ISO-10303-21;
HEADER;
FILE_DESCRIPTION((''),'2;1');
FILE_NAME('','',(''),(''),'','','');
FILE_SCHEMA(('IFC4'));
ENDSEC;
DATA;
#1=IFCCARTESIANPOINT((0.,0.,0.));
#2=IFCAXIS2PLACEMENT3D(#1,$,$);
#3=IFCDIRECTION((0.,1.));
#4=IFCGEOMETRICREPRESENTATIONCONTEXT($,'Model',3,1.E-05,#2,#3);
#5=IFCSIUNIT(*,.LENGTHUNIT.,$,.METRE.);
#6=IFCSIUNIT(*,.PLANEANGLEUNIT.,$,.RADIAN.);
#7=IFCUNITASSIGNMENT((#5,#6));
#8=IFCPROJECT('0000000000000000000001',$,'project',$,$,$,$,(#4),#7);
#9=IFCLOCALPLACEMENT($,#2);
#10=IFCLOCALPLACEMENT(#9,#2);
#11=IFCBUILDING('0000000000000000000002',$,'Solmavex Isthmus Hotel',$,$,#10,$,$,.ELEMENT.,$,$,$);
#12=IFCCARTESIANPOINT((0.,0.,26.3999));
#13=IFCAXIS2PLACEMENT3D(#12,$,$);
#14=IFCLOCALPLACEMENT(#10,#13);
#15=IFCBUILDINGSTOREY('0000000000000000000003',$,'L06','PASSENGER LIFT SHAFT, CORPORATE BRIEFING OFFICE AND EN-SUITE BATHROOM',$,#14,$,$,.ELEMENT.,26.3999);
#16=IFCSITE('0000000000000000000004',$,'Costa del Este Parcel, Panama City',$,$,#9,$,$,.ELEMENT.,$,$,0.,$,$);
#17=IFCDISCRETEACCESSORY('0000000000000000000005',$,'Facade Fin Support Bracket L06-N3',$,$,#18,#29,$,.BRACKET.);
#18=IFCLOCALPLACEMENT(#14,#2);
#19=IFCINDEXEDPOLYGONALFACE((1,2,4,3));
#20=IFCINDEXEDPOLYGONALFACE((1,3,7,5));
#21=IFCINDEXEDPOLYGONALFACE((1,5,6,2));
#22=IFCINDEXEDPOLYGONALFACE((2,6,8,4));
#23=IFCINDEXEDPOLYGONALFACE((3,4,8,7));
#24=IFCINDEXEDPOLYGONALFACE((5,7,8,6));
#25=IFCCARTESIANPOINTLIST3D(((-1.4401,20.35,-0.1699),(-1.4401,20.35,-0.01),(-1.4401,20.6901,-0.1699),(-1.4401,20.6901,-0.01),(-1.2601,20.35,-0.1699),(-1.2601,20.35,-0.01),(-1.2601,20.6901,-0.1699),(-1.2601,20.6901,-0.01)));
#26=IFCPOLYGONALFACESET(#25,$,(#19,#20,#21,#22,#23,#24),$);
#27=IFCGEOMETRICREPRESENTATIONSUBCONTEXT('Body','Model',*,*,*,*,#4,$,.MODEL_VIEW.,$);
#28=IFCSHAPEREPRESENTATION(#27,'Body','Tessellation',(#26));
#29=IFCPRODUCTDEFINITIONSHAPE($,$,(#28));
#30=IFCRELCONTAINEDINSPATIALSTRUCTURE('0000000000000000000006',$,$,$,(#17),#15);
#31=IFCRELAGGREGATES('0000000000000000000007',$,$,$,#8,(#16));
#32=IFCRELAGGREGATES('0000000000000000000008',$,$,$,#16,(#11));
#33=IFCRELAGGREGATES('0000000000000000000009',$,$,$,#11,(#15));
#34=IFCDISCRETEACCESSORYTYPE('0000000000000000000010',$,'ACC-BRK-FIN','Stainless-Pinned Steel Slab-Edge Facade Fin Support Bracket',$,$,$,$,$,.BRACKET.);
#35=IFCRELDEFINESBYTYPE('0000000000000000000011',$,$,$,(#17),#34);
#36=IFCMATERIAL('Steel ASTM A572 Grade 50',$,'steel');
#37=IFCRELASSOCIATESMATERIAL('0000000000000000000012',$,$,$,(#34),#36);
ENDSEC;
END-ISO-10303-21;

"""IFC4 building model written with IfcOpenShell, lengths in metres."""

from ifc_helpers import new_model, si_unit, direction, frame, origin, origin_2d, place, context, subcontext, project, spatial, rectangle, extrude, material, type_object, element, save


model = new_model("IFC4")

# Units and contexts
model_context = context("Model", 3, precision=1e-05, world=origin(), true_north=direction((0.0, 1.0)))
body_context = subcontext(model_context, "Body", "Model", "MODEL_VIEW")
ifc_project = project(units=[si_unit("LENGTHUNIT", "METRE"), si_unit("PLANEANGLEUNIT", "RADIAN")], contexts=[model_context])

# Site, building, storey
site_placement = place(None, origin())
site = spatial("IfcSite", under=ifc_project, at=site_placement, Name="Costa del Este Parcel, Panama City", CompositionType="ELEMENT", RefElevation=0.0)
building_placement = place(site_placement, origin())
building = spatial("IfcBuilding", under=site, at=building_placement, Name="Solmavex Isthmus Hotel", CompositionType="ELEMENT")
storey_placement = place(building_placement, frame((0.0, 0.0, 26.3999)))
storey = spatial("IfcBuildingStorey", under=building, at=storey_placement, Name="L06", Description="PASSENGER LIFT SHAFT, CORPORATE BRIEFING OFFICE AND EN-SUITE BATHROOM", CompositionType="ELEMENT", Elevation=26.3999)

# Shared definitions
ifc_material_1 = material(Name="Steel ASTM A572 Grade 50", Category="steel")

# Discrete accessory
discrete_accessory_type = type_object("IfcDiscreteAccessoryType", Name="ACC-BRK-FIN", Description="Stainless-Pinned Steel Slab-Edge Facade Fin Support Bracket", PredefinedType="BRACKET", material=ifc_material_1)
for number, where, z_axis, x_axis, name in (
    (1, (-1.3501, 20.52, -0.1699), (0.0, 0.0, 1.0), (0.0, 1.0, 0.0), "Facade Fin Support Bracket L06-N3"),
):
    element("IfcDiscreteAccessory", number, at=place(storey_placement, frame(where, z_axis=z_axis, x_axis=x_axis)), inside=storey, type_object=discrete_accessory_type, Name=name, PredefinedType="BRACKET", context=body_context, shape_type="SweptSolid", body=[
        extrude(rectangle(XDim=0.3401, YDim=0.1799, at=origin_2d()), origin(), (0.0, 0.0, 1.0), 0.1599),
    ])

save(model, "model.ifc")
